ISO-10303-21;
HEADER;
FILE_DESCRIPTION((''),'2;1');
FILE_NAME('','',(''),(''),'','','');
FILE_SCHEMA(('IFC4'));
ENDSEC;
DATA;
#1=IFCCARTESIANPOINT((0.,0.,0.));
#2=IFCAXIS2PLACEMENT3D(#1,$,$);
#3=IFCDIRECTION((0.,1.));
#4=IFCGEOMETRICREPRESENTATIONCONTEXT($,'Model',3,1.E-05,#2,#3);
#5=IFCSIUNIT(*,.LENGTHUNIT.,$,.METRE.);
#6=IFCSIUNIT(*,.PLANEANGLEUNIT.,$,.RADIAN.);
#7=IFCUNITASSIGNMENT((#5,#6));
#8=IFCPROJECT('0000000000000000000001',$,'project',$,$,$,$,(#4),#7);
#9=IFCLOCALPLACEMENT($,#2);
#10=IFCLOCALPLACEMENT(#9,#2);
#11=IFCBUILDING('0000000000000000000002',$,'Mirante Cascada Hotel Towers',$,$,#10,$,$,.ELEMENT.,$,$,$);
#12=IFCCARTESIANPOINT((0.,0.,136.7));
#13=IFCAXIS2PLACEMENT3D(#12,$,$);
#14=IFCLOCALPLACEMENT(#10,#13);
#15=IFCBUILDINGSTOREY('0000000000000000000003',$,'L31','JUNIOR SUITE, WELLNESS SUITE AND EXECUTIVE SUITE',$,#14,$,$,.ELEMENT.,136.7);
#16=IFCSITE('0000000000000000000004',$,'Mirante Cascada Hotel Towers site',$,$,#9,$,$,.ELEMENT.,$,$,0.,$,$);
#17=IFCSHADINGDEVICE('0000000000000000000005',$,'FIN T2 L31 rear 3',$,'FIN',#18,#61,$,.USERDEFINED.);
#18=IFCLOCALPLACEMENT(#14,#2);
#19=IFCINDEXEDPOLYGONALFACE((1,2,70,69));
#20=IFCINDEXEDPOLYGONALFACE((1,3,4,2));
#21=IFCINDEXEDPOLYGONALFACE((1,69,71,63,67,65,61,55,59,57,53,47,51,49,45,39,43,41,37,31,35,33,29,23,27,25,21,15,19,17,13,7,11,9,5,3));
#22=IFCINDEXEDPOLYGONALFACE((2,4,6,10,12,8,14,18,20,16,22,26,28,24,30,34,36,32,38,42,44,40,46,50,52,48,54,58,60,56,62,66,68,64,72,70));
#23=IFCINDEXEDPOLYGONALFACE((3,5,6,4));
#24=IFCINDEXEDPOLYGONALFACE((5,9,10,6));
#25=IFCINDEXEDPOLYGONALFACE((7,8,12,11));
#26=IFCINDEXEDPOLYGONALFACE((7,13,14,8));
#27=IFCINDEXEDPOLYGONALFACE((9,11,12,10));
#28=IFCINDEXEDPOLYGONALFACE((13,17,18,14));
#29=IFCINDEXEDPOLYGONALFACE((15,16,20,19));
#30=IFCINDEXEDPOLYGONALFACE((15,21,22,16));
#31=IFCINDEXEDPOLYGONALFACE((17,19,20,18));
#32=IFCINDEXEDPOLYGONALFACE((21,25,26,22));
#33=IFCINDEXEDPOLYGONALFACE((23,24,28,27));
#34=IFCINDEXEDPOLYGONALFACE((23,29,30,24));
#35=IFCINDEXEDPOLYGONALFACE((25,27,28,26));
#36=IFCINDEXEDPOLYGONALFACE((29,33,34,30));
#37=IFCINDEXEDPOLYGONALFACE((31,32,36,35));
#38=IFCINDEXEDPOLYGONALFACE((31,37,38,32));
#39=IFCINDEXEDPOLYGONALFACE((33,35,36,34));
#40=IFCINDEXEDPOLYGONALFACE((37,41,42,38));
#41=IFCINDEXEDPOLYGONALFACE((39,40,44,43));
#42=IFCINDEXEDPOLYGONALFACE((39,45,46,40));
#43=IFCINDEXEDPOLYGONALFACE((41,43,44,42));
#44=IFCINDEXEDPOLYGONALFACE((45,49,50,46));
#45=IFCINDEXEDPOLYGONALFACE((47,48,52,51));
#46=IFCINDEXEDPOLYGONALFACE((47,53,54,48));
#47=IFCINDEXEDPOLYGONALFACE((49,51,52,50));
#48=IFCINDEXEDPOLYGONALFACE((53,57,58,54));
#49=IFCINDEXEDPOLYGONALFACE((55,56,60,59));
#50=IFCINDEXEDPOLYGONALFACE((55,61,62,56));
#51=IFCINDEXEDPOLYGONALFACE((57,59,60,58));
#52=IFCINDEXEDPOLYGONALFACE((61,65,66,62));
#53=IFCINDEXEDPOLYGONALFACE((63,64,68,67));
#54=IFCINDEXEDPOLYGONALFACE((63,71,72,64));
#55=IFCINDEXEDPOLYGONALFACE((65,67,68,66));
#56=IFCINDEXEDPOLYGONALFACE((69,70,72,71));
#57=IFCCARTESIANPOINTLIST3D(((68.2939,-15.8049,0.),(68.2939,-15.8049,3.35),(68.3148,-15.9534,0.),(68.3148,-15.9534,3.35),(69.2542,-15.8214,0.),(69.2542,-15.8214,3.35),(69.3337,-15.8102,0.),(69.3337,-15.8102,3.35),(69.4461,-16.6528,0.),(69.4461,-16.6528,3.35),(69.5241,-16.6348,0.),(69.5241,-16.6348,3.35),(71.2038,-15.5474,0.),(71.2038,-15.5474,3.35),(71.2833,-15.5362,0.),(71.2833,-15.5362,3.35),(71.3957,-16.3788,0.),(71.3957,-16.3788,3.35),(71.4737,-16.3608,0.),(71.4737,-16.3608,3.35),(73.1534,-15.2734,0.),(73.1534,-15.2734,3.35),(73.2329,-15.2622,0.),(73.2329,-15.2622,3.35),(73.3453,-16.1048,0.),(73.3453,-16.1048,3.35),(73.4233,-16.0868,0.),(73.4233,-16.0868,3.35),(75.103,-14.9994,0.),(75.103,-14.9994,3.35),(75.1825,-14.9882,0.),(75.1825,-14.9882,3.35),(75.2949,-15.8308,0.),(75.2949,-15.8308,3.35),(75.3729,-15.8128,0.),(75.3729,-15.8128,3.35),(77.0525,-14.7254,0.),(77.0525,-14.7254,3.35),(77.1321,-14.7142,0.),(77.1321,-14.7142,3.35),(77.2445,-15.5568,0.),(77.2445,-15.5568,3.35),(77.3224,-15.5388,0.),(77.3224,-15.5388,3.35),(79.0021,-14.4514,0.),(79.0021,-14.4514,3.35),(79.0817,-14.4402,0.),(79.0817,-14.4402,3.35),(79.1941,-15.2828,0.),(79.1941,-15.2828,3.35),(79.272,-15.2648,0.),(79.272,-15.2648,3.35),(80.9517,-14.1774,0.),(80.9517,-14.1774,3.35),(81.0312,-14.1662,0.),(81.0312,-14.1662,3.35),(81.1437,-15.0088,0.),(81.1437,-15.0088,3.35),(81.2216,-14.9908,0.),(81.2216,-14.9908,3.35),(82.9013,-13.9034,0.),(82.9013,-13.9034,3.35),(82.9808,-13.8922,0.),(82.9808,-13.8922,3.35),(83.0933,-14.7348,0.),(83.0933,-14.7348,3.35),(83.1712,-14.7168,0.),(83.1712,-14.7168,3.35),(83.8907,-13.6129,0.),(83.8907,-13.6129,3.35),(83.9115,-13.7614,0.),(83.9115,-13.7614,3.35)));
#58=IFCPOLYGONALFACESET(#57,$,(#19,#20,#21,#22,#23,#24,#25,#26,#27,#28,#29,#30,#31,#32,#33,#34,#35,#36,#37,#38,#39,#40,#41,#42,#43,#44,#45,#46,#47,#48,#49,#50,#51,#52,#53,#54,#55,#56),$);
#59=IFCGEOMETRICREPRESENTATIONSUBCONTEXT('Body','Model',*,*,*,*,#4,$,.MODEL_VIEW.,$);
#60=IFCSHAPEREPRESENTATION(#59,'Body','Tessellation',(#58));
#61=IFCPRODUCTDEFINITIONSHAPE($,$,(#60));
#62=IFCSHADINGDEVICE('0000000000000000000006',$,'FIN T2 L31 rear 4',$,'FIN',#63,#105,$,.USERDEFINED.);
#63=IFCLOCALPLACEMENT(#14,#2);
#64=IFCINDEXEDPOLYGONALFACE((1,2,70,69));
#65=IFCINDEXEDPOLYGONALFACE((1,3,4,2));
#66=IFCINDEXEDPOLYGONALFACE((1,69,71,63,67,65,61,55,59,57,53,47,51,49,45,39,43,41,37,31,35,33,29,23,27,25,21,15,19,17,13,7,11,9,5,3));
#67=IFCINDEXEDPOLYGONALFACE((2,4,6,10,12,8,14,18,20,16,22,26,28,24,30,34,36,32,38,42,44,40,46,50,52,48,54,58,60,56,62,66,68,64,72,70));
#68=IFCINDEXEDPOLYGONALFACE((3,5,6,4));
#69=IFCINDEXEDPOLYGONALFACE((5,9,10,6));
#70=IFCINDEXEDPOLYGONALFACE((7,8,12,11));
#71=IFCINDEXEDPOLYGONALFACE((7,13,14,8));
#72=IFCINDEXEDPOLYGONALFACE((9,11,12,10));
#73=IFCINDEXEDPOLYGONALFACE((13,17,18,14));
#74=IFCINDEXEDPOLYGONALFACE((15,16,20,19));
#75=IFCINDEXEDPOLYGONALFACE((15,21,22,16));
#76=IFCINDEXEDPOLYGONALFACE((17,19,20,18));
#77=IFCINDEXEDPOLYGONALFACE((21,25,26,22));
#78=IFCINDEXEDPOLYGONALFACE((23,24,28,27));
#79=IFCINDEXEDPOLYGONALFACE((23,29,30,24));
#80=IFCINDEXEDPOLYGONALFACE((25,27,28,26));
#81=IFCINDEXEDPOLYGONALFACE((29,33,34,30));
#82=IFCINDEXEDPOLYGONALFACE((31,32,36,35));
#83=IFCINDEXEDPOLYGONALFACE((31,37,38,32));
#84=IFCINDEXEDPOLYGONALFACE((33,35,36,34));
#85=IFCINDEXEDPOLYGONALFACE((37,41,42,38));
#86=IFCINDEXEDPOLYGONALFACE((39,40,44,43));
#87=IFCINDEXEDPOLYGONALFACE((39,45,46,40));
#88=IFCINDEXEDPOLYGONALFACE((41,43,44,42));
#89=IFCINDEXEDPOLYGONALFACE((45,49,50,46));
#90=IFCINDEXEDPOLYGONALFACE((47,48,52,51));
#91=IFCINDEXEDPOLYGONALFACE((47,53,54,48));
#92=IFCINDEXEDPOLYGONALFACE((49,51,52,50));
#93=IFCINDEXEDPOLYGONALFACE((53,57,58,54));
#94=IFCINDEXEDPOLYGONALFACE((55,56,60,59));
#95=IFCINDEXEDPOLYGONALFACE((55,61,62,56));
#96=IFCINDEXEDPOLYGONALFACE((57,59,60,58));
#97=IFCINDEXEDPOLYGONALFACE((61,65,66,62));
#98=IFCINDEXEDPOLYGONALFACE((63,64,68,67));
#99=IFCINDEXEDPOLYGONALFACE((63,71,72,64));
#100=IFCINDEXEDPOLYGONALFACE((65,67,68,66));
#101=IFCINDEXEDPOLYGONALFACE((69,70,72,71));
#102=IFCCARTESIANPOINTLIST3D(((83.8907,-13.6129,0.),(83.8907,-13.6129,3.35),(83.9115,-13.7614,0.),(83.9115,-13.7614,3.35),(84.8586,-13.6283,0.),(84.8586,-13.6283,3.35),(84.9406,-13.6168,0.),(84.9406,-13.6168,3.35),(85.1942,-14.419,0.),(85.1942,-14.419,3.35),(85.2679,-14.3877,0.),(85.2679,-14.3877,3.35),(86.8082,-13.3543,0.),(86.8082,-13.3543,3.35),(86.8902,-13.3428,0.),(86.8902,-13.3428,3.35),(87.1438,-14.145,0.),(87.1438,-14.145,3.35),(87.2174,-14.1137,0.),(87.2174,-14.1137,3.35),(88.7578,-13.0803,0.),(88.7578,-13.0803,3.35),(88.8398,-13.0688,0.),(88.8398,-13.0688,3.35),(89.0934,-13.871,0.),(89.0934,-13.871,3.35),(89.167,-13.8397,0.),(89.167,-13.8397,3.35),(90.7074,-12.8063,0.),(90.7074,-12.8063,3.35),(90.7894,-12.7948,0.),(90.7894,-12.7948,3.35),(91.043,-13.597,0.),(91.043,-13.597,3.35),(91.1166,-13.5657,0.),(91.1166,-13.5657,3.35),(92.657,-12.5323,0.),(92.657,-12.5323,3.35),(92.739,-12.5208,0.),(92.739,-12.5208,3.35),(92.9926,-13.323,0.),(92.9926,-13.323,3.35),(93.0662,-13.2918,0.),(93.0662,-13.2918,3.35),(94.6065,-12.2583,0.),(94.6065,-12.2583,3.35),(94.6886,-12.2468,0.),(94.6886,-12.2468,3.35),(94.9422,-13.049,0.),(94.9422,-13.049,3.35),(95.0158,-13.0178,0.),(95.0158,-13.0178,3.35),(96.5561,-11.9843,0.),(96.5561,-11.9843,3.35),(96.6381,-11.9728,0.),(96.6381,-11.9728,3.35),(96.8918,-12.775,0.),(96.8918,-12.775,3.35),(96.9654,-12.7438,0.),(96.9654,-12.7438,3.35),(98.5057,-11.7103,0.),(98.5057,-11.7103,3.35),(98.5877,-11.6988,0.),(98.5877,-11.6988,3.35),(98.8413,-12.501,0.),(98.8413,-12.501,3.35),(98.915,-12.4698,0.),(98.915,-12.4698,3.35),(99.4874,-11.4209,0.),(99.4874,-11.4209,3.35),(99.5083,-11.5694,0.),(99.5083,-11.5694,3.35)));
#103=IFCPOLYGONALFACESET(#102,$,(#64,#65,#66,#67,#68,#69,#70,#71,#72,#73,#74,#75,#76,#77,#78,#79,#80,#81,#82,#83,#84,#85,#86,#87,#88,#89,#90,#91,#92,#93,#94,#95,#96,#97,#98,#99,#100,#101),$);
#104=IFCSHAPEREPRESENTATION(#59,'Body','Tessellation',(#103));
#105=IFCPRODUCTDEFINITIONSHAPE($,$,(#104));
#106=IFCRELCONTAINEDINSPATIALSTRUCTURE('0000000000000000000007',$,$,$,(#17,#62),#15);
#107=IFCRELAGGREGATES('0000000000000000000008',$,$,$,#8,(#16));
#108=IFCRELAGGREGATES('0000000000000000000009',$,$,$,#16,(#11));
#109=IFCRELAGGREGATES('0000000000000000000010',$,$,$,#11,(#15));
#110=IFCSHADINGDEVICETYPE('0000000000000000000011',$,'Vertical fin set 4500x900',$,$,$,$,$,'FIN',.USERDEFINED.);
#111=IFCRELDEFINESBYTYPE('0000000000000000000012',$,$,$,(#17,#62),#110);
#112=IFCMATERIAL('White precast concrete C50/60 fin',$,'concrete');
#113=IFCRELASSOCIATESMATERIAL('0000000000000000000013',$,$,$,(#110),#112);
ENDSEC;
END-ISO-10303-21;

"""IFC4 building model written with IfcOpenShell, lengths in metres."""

from ifc_helpers import new_model, si_unit, direction, frame, origin, place, context, subcontext, project, spatial, polyline, outline, extrude, material, type_object, element, save


model = new_model("IFC4")

# Units and contexts
model_context = context("Model", 3, precision=1e-05, world=origin(), true_north=direction((0.0, 1.0)))
body_context = subcontext(model_context, "Body", "Model", "MODEL_VIEW")
ifc_project = project(units=[si_unit("LENGTHUNIT", "METRE"), si_unit("PLANEANGLEUNIT", "RADIAN")], contexts=[model_context])

# Site, building, storey
site_placement = place(None, origin())
site = spatial("IfcSite", under=ifc_project, at=site_placement, Name="Mirante Cascada Hotel Towers site", CompositionType="ELEMENT", RefElevation=0.0)
building_placement = place(site_placement, origin())
building = spatial("IfcBuilding", under=site, at=building_placement, Name="Mirante Cascada Hotel Towers", CompositionType="ELEMENT")
storey_placement = place(building_placement, frame((0.0, 0.0, 136.7)))
storey = spatial("IfcBuildingStorey", under=building, at=storey_placement, Name="L31", Description="JUNIOR SUITE, WELLNESS SUITE AND EXECUTIVE SUITE", CompositionType="ELEMENT", Elevation=136.7)

# Shading devices
ifc_material_1 = material(Name="White precast concrete C50/60 fin", Category="concrete")
shading_device_type = type_object("IfcShadingDeviceType", Name="Vertical fin set 4500x900", ElementType="FIN", PredefinedType="USERDEFINED", material=ifc_material_1)
shading_device_1_placement = place(storey_placement, origin())
element("IfcShadingDevice", 1, at=shading_device_1_placement, inside=storey, type_object=shading_device_type, Name="FIN T2 L31 rear 3", ObjectType="FIN", PredefinedType="USERDEFINED", context=body_context, shape_type="SweptSolid", body=[
    extrude(outline(polyline([(69.4461, -16.6528), (69.2542, -15.8214), (68.3148, -15.9534), (68.2939, -15.8049), (83.8907, -13.6129), (83.9115, -13.7614), (82.9808, -13.8922), (83.1712, -14.7168), (83.0933, -14.7348), (82.9013, -13.9034), (81.0312, -14.1662), (81.2216, -14.9908), (81.1437, -15.0088), (80.9517, -14.1774), (79.0817, -14.4402), (79.272, -15.2648), (79.1941, -15.2828), (79.0021, -14.4514), (77.1321, -14.7142), (77.3224, -15.5388), (77.2445, -15.5568), (77.0525, -14.7254), (75.1825, -14.9882), (75.3729, -15.8128), (75.2949, -15.8308), (75.103, -14.9994), (73.2329, -15.2622), (73.4233, -16.0868), (73.3453, -16.1048), (73.1534, -15.2734), (71.2833, -15.5362), (71.4737, -16.3608), (71.3957, -16.3788), (71.2038, -15.5474), (69.3337, -15.8102), (69.5241, -16.6348), (69.4461, -16.6528)])), origin(), (0.0, 0.0, 1.0), 3.35),
])
shading_device_2_placement = place(storey_placement, origin())
element("IfcShadingDevice", 2, at=shading_device_2_placement, inside=storey, type_object=shading_device_type, Name="FIN T2 L31 rear 4", ObjectType="FIN", PredefinedType="USERDEFINED", context=body_context, shape_type="SweptSolid", body=[
    extrude(outline(polyline([(85.1942, -14.419), (84.8586, -13.6283), (83.9115, -13.7614), (83.8907, -13.6129), (99.4874, -11.4209), (99.5083, -11.5694), (98.5877, -11.6988), (98.915, -12.4698), (98.8413, -12.501), (98.5057, -11.7103), (96.6381, -11.9728), (96.9654, -12.7438), (96.8918, -12.775), (96.5561, -11.9843), (94.6886, -12.2468), (95.0158, -13.0178), (94.9422, -13.049), (94.6065, -12.2583), (92.739, -12.5208), (93.0662, -13.2918), (92.9926, -13.323), (92.657, -12.5323), (90.7894, -12.7948), (91.1166, -13.5657), (91.043, -13.597), (90.7074, -12.8063), (88.8398, -13.0688), (89.167, -13.8397), (89.0934, -13.871), (88.7578, -13.0803), (86.8902, -13.3428), (87.2174, -14.1137), (87.1438, -14.145), (86.8082, -13.3543), (84.9406, -13.6168), (85.2679, -14.3877), (85.1942, -14.419)])), origin(), (0.0, 0.0, 1.0), 3.35),
])

save(model, "model.ifc")
